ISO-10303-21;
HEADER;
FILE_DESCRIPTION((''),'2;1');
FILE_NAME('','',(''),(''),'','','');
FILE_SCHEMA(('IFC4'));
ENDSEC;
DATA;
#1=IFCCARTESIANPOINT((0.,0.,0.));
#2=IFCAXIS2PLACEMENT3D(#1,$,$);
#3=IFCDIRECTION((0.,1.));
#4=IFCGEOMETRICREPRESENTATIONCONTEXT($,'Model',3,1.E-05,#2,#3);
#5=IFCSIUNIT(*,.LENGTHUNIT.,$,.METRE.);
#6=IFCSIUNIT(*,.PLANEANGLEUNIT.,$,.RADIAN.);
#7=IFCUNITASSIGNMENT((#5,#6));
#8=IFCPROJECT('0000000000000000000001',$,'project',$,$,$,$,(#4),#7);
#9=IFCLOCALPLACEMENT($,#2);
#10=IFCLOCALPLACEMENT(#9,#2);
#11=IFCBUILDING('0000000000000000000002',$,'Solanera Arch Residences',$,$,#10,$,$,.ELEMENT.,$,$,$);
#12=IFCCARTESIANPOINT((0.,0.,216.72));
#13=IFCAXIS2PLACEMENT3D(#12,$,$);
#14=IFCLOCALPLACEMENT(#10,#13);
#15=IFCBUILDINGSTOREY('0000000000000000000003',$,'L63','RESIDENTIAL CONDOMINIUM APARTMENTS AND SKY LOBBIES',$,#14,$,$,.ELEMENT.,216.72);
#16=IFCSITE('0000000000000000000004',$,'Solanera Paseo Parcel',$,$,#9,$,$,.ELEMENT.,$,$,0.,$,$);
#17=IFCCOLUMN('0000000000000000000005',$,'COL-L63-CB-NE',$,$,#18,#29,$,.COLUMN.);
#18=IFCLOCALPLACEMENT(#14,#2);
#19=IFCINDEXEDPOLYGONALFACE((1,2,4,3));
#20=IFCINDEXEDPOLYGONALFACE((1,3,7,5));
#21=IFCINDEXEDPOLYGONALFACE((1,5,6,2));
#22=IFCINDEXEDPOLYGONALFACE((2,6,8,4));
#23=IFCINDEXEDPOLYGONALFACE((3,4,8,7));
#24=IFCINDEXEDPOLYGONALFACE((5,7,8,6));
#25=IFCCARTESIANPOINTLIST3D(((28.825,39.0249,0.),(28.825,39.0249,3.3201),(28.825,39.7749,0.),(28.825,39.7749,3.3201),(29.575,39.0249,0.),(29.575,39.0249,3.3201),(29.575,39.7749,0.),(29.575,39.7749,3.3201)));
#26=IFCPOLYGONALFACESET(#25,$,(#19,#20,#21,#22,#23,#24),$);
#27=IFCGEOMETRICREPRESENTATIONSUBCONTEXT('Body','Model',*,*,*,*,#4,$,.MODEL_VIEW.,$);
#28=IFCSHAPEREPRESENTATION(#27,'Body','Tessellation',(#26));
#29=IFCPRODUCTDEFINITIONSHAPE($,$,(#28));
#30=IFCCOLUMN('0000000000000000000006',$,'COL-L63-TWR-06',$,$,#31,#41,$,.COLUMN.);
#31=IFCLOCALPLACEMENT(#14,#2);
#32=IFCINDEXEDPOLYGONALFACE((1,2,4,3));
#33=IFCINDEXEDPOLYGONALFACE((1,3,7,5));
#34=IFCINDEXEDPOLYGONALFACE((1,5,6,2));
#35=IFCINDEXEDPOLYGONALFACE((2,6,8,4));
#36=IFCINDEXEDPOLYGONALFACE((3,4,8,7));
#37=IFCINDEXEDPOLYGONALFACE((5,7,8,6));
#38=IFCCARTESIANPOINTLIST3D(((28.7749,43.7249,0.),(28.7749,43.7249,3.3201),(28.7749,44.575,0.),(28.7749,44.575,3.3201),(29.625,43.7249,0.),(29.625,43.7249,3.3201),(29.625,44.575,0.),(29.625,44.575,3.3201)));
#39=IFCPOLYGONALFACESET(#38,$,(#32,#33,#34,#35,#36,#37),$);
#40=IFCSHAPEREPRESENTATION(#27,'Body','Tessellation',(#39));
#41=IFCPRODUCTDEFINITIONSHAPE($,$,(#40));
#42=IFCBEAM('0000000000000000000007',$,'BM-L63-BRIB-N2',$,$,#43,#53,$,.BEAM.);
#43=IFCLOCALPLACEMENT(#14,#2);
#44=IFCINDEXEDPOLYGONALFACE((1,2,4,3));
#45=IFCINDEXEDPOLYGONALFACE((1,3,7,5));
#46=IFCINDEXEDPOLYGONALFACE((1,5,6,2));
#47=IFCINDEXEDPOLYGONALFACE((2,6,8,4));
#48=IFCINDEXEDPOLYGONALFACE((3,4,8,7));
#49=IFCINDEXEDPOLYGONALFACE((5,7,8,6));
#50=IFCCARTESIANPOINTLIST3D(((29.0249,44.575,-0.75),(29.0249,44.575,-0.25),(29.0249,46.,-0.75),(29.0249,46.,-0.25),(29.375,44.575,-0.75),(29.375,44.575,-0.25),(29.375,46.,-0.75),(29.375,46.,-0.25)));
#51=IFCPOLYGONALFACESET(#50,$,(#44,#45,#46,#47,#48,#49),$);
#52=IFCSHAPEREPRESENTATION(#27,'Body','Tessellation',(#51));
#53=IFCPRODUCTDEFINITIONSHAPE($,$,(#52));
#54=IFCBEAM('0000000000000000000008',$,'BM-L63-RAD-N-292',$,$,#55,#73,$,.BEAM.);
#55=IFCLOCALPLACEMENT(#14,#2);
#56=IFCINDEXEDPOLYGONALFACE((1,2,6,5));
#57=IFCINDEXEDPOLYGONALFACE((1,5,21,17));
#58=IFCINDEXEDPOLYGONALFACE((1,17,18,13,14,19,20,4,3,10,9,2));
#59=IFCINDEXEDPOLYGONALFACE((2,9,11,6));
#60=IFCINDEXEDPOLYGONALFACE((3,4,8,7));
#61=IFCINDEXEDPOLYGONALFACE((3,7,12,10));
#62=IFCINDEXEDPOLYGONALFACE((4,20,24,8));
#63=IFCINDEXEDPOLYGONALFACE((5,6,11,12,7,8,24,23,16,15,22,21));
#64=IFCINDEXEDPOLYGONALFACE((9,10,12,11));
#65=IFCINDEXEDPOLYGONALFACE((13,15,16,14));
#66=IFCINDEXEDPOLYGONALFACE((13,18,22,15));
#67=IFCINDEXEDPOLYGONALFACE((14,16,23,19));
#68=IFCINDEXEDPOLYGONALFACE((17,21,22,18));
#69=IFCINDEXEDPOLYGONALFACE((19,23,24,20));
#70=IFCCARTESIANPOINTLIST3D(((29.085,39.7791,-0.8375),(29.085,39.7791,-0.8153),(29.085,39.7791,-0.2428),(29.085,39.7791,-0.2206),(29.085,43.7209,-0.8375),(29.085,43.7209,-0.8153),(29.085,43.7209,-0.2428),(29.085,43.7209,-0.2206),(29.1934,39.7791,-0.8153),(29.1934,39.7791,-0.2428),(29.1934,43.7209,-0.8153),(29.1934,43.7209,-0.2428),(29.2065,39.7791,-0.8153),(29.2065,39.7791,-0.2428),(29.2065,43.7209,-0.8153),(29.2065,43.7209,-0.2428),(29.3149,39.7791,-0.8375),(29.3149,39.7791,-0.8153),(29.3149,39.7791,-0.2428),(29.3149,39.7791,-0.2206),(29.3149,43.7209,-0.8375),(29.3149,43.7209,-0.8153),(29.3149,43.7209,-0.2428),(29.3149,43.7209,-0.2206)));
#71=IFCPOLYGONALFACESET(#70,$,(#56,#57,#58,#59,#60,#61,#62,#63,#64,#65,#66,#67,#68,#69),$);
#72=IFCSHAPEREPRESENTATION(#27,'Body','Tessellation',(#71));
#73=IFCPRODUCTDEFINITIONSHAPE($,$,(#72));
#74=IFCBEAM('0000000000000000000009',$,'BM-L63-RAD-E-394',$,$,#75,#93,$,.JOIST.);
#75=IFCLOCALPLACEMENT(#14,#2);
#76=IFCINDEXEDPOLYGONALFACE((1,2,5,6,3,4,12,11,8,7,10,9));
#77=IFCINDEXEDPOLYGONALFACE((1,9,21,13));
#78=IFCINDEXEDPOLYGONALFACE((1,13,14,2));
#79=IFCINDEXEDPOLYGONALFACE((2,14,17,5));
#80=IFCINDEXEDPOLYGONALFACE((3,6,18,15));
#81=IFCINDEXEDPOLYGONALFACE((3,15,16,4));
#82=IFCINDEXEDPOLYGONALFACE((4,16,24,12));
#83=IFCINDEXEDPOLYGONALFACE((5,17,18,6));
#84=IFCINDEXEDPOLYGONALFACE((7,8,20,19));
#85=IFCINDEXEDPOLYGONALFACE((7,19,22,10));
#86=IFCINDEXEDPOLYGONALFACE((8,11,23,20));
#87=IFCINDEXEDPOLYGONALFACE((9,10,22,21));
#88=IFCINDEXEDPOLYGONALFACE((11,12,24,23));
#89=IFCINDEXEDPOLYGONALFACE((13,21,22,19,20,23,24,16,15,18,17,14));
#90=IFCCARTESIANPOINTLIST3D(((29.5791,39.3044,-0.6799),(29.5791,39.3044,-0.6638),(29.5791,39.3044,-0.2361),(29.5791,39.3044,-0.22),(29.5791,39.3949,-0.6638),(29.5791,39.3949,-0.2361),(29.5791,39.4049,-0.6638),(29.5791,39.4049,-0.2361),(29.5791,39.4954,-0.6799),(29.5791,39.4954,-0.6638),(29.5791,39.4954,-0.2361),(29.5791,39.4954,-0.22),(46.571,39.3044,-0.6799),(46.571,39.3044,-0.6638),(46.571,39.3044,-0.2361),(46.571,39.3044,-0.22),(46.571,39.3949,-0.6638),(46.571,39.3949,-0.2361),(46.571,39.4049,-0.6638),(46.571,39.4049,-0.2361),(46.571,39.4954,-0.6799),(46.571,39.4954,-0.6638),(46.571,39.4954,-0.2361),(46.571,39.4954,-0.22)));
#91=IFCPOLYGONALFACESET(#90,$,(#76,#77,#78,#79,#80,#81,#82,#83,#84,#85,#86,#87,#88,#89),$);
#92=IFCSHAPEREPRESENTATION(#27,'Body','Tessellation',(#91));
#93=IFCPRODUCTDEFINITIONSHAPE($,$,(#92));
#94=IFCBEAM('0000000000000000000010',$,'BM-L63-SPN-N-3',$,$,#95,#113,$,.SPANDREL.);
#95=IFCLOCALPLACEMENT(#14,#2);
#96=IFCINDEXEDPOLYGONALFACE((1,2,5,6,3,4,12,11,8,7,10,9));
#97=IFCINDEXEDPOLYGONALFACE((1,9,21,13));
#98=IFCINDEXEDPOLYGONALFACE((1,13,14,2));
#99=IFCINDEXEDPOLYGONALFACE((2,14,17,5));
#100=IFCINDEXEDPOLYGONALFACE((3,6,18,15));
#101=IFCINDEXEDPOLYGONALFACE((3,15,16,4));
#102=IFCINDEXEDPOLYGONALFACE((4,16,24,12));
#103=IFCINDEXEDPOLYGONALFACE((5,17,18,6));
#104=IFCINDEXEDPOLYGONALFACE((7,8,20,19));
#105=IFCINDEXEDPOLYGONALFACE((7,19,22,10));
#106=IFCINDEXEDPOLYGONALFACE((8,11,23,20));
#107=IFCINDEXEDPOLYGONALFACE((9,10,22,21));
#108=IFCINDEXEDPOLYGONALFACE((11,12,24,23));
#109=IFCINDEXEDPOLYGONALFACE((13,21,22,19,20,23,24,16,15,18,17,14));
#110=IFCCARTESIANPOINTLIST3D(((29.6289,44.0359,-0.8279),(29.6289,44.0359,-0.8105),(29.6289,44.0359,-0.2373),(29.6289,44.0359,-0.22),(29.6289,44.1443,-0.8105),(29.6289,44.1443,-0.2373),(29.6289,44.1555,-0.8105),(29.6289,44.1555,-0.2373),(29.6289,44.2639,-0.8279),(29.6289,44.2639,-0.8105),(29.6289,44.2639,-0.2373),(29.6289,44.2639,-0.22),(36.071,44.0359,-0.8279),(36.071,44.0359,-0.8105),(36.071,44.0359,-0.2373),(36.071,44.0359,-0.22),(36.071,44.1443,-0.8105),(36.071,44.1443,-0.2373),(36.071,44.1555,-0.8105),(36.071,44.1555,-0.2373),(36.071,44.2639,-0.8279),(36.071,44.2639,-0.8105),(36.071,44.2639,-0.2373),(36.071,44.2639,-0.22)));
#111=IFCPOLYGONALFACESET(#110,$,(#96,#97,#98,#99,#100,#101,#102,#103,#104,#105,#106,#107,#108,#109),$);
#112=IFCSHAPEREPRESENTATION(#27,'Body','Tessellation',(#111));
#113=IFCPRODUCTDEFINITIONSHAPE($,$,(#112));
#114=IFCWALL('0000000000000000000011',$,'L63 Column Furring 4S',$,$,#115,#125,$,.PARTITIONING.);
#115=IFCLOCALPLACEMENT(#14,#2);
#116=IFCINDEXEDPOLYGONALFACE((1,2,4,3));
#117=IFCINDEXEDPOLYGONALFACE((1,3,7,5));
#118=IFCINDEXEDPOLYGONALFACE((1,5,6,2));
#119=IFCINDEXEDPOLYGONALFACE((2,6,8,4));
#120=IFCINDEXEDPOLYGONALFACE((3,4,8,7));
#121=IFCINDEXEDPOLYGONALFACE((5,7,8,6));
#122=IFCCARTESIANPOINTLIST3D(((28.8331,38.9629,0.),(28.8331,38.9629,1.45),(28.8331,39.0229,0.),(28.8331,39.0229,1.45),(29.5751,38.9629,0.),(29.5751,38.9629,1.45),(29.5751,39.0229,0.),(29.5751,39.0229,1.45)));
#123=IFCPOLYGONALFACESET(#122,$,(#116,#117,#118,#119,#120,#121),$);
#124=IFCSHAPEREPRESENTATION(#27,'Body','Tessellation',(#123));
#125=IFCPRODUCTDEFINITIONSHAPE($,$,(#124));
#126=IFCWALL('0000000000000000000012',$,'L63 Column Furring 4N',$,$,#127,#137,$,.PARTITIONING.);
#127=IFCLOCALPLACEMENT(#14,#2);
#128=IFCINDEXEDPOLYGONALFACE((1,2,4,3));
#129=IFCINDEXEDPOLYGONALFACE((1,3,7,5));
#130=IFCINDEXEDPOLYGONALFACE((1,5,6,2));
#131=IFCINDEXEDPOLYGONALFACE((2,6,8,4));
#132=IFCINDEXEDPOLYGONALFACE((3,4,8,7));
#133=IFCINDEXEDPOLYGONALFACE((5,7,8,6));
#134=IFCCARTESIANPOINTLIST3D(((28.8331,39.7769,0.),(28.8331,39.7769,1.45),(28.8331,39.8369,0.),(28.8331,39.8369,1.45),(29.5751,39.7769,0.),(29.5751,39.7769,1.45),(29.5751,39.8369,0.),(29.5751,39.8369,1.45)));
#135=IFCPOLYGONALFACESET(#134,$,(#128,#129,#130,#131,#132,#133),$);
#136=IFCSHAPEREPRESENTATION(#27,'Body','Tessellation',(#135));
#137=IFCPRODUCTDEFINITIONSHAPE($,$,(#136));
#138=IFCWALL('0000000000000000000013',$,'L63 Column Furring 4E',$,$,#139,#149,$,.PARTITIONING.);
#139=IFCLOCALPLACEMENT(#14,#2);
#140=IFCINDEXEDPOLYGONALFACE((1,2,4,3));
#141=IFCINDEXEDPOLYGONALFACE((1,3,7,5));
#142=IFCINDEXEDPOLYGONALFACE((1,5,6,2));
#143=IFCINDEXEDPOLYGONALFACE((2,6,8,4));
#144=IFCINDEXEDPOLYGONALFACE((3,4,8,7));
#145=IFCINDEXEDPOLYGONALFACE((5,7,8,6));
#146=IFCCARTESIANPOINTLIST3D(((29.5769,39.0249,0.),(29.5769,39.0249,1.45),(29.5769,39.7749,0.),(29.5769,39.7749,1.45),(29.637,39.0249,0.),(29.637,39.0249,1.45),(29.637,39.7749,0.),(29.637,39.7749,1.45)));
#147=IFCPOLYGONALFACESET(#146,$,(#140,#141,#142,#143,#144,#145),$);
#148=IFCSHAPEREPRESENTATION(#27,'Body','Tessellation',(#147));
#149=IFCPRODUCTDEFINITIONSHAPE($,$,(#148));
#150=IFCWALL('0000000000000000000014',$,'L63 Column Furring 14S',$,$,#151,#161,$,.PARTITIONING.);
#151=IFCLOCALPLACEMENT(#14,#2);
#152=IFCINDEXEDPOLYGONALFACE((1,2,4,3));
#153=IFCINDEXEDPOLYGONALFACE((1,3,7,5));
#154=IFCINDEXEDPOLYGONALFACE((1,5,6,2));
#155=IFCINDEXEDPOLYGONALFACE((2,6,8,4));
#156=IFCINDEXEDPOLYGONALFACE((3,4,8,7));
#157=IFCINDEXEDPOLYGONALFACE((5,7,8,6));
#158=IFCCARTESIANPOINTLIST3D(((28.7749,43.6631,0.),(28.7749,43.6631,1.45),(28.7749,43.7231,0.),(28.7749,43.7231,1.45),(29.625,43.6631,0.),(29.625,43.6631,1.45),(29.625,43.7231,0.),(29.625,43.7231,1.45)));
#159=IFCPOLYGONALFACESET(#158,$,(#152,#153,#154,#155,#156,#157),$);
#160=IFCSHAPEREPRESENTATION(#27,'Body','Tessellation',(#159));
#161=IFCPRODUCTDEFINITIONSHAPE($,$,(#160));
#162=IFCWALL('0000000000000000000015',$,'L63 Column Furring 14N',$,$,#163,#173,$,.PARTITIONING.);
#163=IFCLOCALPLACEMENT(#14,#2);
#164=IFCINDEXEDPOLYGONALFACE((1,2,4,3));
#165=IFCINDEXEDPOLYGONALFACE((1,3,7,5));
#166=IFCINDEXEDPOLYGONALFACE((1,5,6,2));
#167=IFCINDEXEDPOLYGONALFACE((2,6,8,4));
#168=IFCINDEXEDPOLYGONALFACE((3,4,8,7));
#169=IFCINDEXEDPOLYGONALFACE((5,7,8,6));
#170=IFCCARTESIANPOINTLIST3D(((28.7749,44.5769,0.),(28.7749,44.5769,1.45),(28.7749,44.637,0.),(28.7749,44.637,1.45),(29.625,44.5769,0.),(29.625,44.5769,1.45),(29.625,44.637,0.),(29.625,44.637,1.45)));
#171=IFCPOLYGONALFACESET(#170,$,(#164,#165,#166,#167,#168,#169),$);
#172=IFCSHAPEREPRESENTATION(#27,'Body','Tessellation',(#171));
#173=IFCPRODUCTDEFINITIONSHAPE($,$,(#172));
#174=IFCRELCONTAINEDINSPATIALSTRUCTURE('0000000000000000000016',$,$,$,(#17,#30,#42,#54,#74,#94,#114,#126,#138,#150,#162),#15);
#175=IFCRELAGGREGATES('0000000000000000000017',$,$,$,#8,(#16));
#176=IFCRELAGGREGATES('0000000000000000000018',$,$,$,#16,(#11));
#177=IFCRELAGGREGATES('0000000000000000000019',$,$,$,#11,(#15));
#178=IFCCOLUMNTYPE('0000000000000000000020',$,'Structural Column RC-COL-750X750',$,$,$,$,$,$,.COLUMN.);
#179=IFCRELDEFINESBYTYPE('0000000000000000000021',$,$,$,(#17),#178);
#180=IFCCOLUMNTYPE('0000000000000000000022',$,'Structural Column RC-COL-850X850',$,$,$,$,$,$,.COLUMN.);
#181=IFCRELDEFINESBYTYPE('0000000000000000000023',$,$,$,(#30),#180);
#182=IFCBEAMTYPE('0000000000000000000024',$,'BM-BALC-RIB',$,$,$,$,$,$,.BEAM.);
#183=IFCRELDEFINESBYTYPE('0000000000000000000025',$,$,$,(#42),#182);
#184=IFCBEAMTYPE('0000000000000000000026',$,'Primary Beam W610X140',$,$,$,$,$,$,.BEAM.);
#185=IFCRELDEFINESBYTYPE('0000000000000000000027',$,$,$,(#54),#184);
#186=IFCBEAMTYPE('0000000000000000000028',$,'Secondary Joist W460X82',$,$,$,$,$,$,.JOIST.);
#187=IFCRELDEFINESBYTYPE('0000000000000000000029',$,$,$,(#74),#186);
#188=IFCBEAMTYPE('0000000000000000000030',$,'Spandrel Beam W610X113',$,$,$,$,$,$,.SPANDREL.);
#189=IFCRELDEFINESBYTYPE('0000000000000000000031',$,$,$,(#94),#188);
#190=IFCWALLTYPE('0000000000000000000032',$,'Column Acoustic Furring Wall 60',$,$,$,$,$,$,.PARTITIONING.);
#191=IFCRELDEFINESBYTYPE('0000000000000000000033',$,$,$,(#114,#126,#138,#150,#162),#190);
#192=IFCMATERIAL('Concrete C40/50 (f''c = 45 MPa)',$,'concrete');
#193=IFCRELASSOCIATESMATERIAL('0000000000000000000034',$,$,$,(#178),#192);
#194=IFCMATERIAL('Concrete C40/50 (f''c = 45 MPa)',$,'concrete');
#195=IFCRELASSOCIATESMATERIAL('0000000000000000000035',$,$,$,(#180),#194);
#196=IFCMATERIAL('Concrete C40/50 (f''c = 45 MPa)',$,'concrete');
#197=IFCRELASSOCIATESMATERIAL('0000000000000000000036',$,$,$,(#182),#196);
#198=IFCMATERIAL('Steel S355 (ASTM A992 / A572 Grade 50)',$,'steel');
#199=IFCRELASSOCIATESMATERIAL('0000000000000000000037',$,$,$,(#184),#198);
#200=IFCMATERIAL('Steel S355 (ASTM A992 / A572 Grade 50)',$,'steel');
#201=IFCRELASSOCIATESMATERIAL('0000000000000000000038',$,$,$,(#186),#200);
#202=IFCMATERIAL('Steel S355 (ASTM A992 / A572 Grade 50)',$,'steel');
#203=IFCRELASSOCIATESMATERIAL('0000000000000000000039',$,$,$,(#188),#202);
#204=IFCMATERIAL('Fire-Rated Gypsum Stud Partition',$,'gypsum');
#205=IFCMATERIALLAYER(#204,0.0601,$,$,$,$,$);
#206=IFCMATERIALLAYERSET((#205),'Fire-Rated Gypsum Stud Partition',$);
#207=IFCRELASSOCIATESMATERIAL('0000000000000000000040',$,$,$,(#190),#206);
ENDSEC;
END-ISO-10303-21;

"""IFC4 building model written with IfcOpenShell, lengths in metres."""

from ifc_helpers import new_model, si_unit, direction, frame, frame_2d, origin, origin_2d, place, context, subcontext, project, spatial, rectangle, i_section, extrude, material, layer, layer_set, material_profile, profile_set, type_object, element, save


model = new_model("IFC4")

# Units and contexts
model_context = context("Model", 3, precision=1e-05, world=origin(), true_north=direction((0.0, 1.0)))
body_context = subcontext(model_context, "Body", "Model", "MODEL_VIEW")
ifc_project = project(units=[si_unit("LENGTHUNIT", "METRE"), si_unit("PLANEANGLEUNIT", "RADIAN")], contexts=[model_context])

# Site, building, storey
site_placement = place(None, origin())
site = spatial("IfcSite", under=ifc_project, at=site_placement, Name="Solanera Paseo Parcel", CompositionType="ELEMENT", RefElevation=0.0)
building_placement = place(site_placement, origin())
building = spatial("IfcBuilding", under=site, at=building_placement, Name="Solanera Arch Residences", CompositionType="ELEMENT")
storey_placement = place(building_placement, frame((0.0, 0.0, 216.72)))
storey = spatial("IfcBuildingStorey", under=building, at=storey_placement, Name="L63", Description="RESIDENTIAL CONDOMINIUM APARTMENTS AND SKY LOBBIES", CompositionType="ELEMENT", Elevation=216.72)

# Columns
ifc_material_1 = material(Name="Concrete C40/50 (f'c = 45 MPa)", Category="concrete")
ifc_material_profile_1 = material_profile(ifc_material_1, rectangle(XDim=0.75, YDim=0.75, at=origin_2d()))
ifc_profile_set_1 = profile_set([ifc_material_profile_1], Name="Concrete C40/50 (f'c = 45 MPa)")
column_type_1 = type_object("IfcColumnType", Name="Structural Column RC-COL-750X750", PredefinedType="COLUMN", material=ifc_profile_set_1)
column_1_placement = place(storey_placement, frame((29.2, 39.3999, 0.0), z_axis=(0.0, 0.0, 1.0), x_axis=(1.0, 0.0, 0.0)))
element("IfcColumn", 1, at=column_1_placement, inside=storey, type_object=column_type_1, Name="COL-L63-CB-NE", PredefinedType="COLUMN", context=body_context, shape_type="SweptSolid", body=[
    extrude(rectangle(XDim=0.75, YDim=0.75, at=origin_2d()), origin(), (0.0, 0.0, 1.0), 3.3201),
])
ifc_material_2 = material(Name="Concrete C40/50 (f'c = 45 MPa)", Category="concrete")
ifc_material_profile_2 = material_profile(ifc_material_2, rectangle(XDim=0.8501, YDim=0.8501, at=origin_2d()))
ifc_profile_set_2 = profile_set([ifc_material_profile_2], Name="Concrete C40/50 (f'c = 45 MPa)")
column_type_2 = type_object("IfcColumnType", Name="Structural Column RC-COL-850X850", PredefinedType="COLUMN", material=ifc_profile_set_2)
column_2_placement = place(storey_placement, frame((29.2, 44.1499, 0.0), z_axis=(0.0, 0.0, 1.0), x_axis=(1.0, 0.0, 0.0)))
element("IfcColumn", 2, at=column_2_placement, inside=storey, type_object=column_type_2, Name="COL-L63-TWR-06", PredefinedType="COLUMN", context=body_context, shape_type="SweptSolid", body=[
    extrude(rectangle(XDim=0.8501, YDim=0.8501, at=origin_2d()), origin(), (0.0, 0.0, 1.0), 3.3201),
])

# Beams
ifc_material_3 = material(Name="Concrete C40/50 (f'c = 45 MPa)", Category="concrete")
ifc_material_profile_3 = material_profile(ifc_material_3, rectangle(XDim=0.3501, YDim=0.5, at=origin_2d()))
ifc_profile_set_3 = profile_set([ifc_material_profile_3], Name="Concrete C40/50 (f'c = 45 MPa)")
beam_type_1 = type_object("IfcBeamType", Name="BM-BALC-RIB", PredefinedType="BEAM", material=ifc_profile_set_3)
beam_1_placement = place(storey_placement, frame((29.2, 44.575, -0.5), z_axis=(0.0, 1.0, 0.0), x_axis=(-1.0, 0.0, 0.0)))
element("IfcBeam", 3, at=beam_1_placement, inside=storey, type_object=beam_type_1, Name="BM-L63-BRIB-N2", PredefinedType="BEAM", context=body_context, shape_type="SweptSolid", body=[
    extrude(rectangle(XDim=0.3501, YDim=0.5, at=origin_2d()), origin(), (0.0, 0.0, 1.0), 1.425),
])
ifc_material_4 = material(Name="Steel S355 (ASTM A992 / A572 Grade 50)", Category="steel")
ifc_material_profile_4 = material_profile(ifc_material_4, i_section(OverallWidth=0.23, OverallDepth=0.6169, WebThickness=0.0132, FlangeThickness=0.0222, at=origin_2d()))
ifc_profile_set_4 = profile_set([ifc_material_profile_4], Name="Steel S355 (ASTM A992 / A572 Grade 50)")
beam_type_2 = type_object("IfcBeamType", Name="Primary Beam W610X140", PredefinedType="BEAM", material=ifc_profile_set_4)
beam_2_placement = place(storey_placement, frame((29.2, 39.7791, -0.5291), z_axis=(0.0, 1.0, 0.0), x_axis=(-1.0, 0.0, 0.0)))
element("IfcBeam", 4, at=beam_2_placement, inside=storey, type_object=beam_type_2, Name="BM-L63-RAD-N-292", PredefinedType="BEAM", context=body_context, shape_type="SweptSolid", body=[
    extrude(i_section(OverallWidth=0.23, OverallDepth=0.6169, WebThickness=0.0132, FlangeThickness=0.0222, at=origin_2d()), origin(), (0.0, 0.0, 1.0), 3.9419),
])
ifc_material_5 = material(Name="Steel S355 (ASTM A992 / A572 Grade 50)", Category="steel")
ifc_material_profile_5 = material_profile(ifc_material_5, i_section(OverallWidth=0.1909, OverallDepth=0.46, WebThickness=0.01, FlangeThickness=0.0161, at=origin_2d()))
ifc_profile_set_5 = profile_set([ifc_material_profile_5], Name="Steel S355 (ASTM A992 / A572 Grade 50)")
beam_type_3 = type_object("IfcBeamType", Name="Secondary Joist W460X82", PredefinedType="JOIST", material=ifc_profile_set_5)
beam_3_placement = place(storey_placement, frame((29.5791, 39.3999, -0.45), z_axis=(1.0, 0.0, 0.0), x_axis=(0.0, 1.0, 0.0)))
element("IfcBeam", 5, at=beam_3_placement, inside=storey, type_object=beam_type_3, Name="BM-L63-RAD-E-394", PredefinedType="JOIST", context=body_context, shape_type="SweptSolid", body=[
    extrude(i_section(OverallWidth=0.1909, OverallDepth=0.46, WebThickness=0.01, FlangeThickness=0.0161, at=origin_2d()), origin(), (0.0, 0.0, 1.0), 16.9919),
])
ifc_material_6 = material(Name="Steel S355 (ASTM A992 / A572 Grade 50)", Category="steel")
ifc_material_profile_6 = material_profile(ifc_material_6, i_section(OverallWidth=0.228, OverallDepth=0.6079, WebThickness=0.0112, FlangeThickness=0.0173, at=origin_2d()))
ifc_profile_set_6 = profile_set([ifc_material_profile_6], Name="Steel S355 (ASTM A992 / A572 Grade 50)")
beam_type_4 = type_object("IfcBeamType", Name="Spandrel Beam W610X113", PredefinedType="SPANDREL", material=ifc_profile_set_6)
beam_4_placement = place(storey_placement, frame((29.6289, 44.1499, -0.5239), z_axis=(1.0, 0.0, 0.0), x_axis=(0.0, 1.0, 0.0)))
element("IfcBeam", 6, at=beam_4_placement, inside=storey, type_object=beam_type_4, Name="BM-L63-SPN-N-3", PredefinedType="SPANDREL", context=body_context, shape_type="SweptSolid", body=[
    extrude(i_section(OverallWidth=0.228, OverallDepth=0.6079, WebThickness=0.0112, FlangeThickness=0.0173, at=origin_2d()), origin(), (0.0, 0.0, 1.0), 6.4421),
])

# Walls
ifc_material_7 = material(Name="Fire-Rated Gypsum Stud Partition", Category="gypsum")
ifc_layer_1 = layer(ifc_material_7, 0.0601)
ifc_layer_set_1 = layer_set([ifc_layer_1], Name="Fire-Rated Gypsum Stud Partition")
wall_type_1 = type_object("IfcWallType", Name="Column Acoustic Furring Wall 60", PredefinedType="PARTITIONING", material=ifc_layer_set_1)
for number, where, z_axis, x_axis, name in (
    (7, (28.833, 38.9929, 0.0), (0.0, 0.0, 1.0), (1.0, 0.0, 0.0), "L63 Column Furring 4S"),
    (8, (28.833, 39.8069, 0.0), (0.0, 0.0, 1.0), (1.0, 0.0, 0.0), "L63 Column Furring 4N"),
):
    element("IfcWall", number, at=place(storey_placement, frame(where, z_axis=z_axis, x_axis=x_axis)), inside=storey, type_object=wall_type_1, Name=name, PredefinedType="PARTITIONING", context=body_context, shape_type="SweptSolid", body=[
        extrude(rectangle(XDim=0.7419, YDim=0.0601, at=frame_2d((0.3711, 0.0))), origin(), (0.0, 0.0, 1.0), 1.45),
    ])
wall_1_placement = place(storey_placement, frame((29.6069, 39.0249, 0.0), z_axis=(0.0, 0.0, 1.0), x_axis=(0.0, 1.0, 0.0)))
element("IfcWall", 9, at=wall_1_placement, inside=storey, type_object=wall_type_1, Name="L63 Column Furring 4E", PredefinedType="PARTITIONING", context=body_context, shape_type="SweptSolid", body=[
    extrude(rectangle(XDim=0.75, YDim=0.0601, at=frame_2d((0.375, 0.0))), origin(), (0.0, 0.0, 1.0), 1.45),
])
for number, where, z_axis, x_axis, name in (
    (10, (28.7749, 43.6931, 0.0), (0.0, 0.0, 1.0), (1.0, 0.0, 0.0), "L63 Column Furring 14S"),
    (11, (28.7749, 44.6069, 0.0), (0.0, 0.0, 1.0), (1.0, 0.0, 0.0), "L63 Column Furring 14N"),
):
    element("IfcWall", number, at=place(storey_placement, frame(where, z_axis=z_axis, x_axis=x_axis)), inside=storey, type_object=wall_type_1, Name=name, PredefinedType="PARTITIONING", context=body_context, shape_type="SweptSolid", body=[
        extrude(rectangle(XDim=0.8501, YDim=0.0601, at=frame_2d((0.425, 0.0))), origin(), (0.0, 0.0, 1.0), 1.45),
    ])

save(model, "model.ifc")
